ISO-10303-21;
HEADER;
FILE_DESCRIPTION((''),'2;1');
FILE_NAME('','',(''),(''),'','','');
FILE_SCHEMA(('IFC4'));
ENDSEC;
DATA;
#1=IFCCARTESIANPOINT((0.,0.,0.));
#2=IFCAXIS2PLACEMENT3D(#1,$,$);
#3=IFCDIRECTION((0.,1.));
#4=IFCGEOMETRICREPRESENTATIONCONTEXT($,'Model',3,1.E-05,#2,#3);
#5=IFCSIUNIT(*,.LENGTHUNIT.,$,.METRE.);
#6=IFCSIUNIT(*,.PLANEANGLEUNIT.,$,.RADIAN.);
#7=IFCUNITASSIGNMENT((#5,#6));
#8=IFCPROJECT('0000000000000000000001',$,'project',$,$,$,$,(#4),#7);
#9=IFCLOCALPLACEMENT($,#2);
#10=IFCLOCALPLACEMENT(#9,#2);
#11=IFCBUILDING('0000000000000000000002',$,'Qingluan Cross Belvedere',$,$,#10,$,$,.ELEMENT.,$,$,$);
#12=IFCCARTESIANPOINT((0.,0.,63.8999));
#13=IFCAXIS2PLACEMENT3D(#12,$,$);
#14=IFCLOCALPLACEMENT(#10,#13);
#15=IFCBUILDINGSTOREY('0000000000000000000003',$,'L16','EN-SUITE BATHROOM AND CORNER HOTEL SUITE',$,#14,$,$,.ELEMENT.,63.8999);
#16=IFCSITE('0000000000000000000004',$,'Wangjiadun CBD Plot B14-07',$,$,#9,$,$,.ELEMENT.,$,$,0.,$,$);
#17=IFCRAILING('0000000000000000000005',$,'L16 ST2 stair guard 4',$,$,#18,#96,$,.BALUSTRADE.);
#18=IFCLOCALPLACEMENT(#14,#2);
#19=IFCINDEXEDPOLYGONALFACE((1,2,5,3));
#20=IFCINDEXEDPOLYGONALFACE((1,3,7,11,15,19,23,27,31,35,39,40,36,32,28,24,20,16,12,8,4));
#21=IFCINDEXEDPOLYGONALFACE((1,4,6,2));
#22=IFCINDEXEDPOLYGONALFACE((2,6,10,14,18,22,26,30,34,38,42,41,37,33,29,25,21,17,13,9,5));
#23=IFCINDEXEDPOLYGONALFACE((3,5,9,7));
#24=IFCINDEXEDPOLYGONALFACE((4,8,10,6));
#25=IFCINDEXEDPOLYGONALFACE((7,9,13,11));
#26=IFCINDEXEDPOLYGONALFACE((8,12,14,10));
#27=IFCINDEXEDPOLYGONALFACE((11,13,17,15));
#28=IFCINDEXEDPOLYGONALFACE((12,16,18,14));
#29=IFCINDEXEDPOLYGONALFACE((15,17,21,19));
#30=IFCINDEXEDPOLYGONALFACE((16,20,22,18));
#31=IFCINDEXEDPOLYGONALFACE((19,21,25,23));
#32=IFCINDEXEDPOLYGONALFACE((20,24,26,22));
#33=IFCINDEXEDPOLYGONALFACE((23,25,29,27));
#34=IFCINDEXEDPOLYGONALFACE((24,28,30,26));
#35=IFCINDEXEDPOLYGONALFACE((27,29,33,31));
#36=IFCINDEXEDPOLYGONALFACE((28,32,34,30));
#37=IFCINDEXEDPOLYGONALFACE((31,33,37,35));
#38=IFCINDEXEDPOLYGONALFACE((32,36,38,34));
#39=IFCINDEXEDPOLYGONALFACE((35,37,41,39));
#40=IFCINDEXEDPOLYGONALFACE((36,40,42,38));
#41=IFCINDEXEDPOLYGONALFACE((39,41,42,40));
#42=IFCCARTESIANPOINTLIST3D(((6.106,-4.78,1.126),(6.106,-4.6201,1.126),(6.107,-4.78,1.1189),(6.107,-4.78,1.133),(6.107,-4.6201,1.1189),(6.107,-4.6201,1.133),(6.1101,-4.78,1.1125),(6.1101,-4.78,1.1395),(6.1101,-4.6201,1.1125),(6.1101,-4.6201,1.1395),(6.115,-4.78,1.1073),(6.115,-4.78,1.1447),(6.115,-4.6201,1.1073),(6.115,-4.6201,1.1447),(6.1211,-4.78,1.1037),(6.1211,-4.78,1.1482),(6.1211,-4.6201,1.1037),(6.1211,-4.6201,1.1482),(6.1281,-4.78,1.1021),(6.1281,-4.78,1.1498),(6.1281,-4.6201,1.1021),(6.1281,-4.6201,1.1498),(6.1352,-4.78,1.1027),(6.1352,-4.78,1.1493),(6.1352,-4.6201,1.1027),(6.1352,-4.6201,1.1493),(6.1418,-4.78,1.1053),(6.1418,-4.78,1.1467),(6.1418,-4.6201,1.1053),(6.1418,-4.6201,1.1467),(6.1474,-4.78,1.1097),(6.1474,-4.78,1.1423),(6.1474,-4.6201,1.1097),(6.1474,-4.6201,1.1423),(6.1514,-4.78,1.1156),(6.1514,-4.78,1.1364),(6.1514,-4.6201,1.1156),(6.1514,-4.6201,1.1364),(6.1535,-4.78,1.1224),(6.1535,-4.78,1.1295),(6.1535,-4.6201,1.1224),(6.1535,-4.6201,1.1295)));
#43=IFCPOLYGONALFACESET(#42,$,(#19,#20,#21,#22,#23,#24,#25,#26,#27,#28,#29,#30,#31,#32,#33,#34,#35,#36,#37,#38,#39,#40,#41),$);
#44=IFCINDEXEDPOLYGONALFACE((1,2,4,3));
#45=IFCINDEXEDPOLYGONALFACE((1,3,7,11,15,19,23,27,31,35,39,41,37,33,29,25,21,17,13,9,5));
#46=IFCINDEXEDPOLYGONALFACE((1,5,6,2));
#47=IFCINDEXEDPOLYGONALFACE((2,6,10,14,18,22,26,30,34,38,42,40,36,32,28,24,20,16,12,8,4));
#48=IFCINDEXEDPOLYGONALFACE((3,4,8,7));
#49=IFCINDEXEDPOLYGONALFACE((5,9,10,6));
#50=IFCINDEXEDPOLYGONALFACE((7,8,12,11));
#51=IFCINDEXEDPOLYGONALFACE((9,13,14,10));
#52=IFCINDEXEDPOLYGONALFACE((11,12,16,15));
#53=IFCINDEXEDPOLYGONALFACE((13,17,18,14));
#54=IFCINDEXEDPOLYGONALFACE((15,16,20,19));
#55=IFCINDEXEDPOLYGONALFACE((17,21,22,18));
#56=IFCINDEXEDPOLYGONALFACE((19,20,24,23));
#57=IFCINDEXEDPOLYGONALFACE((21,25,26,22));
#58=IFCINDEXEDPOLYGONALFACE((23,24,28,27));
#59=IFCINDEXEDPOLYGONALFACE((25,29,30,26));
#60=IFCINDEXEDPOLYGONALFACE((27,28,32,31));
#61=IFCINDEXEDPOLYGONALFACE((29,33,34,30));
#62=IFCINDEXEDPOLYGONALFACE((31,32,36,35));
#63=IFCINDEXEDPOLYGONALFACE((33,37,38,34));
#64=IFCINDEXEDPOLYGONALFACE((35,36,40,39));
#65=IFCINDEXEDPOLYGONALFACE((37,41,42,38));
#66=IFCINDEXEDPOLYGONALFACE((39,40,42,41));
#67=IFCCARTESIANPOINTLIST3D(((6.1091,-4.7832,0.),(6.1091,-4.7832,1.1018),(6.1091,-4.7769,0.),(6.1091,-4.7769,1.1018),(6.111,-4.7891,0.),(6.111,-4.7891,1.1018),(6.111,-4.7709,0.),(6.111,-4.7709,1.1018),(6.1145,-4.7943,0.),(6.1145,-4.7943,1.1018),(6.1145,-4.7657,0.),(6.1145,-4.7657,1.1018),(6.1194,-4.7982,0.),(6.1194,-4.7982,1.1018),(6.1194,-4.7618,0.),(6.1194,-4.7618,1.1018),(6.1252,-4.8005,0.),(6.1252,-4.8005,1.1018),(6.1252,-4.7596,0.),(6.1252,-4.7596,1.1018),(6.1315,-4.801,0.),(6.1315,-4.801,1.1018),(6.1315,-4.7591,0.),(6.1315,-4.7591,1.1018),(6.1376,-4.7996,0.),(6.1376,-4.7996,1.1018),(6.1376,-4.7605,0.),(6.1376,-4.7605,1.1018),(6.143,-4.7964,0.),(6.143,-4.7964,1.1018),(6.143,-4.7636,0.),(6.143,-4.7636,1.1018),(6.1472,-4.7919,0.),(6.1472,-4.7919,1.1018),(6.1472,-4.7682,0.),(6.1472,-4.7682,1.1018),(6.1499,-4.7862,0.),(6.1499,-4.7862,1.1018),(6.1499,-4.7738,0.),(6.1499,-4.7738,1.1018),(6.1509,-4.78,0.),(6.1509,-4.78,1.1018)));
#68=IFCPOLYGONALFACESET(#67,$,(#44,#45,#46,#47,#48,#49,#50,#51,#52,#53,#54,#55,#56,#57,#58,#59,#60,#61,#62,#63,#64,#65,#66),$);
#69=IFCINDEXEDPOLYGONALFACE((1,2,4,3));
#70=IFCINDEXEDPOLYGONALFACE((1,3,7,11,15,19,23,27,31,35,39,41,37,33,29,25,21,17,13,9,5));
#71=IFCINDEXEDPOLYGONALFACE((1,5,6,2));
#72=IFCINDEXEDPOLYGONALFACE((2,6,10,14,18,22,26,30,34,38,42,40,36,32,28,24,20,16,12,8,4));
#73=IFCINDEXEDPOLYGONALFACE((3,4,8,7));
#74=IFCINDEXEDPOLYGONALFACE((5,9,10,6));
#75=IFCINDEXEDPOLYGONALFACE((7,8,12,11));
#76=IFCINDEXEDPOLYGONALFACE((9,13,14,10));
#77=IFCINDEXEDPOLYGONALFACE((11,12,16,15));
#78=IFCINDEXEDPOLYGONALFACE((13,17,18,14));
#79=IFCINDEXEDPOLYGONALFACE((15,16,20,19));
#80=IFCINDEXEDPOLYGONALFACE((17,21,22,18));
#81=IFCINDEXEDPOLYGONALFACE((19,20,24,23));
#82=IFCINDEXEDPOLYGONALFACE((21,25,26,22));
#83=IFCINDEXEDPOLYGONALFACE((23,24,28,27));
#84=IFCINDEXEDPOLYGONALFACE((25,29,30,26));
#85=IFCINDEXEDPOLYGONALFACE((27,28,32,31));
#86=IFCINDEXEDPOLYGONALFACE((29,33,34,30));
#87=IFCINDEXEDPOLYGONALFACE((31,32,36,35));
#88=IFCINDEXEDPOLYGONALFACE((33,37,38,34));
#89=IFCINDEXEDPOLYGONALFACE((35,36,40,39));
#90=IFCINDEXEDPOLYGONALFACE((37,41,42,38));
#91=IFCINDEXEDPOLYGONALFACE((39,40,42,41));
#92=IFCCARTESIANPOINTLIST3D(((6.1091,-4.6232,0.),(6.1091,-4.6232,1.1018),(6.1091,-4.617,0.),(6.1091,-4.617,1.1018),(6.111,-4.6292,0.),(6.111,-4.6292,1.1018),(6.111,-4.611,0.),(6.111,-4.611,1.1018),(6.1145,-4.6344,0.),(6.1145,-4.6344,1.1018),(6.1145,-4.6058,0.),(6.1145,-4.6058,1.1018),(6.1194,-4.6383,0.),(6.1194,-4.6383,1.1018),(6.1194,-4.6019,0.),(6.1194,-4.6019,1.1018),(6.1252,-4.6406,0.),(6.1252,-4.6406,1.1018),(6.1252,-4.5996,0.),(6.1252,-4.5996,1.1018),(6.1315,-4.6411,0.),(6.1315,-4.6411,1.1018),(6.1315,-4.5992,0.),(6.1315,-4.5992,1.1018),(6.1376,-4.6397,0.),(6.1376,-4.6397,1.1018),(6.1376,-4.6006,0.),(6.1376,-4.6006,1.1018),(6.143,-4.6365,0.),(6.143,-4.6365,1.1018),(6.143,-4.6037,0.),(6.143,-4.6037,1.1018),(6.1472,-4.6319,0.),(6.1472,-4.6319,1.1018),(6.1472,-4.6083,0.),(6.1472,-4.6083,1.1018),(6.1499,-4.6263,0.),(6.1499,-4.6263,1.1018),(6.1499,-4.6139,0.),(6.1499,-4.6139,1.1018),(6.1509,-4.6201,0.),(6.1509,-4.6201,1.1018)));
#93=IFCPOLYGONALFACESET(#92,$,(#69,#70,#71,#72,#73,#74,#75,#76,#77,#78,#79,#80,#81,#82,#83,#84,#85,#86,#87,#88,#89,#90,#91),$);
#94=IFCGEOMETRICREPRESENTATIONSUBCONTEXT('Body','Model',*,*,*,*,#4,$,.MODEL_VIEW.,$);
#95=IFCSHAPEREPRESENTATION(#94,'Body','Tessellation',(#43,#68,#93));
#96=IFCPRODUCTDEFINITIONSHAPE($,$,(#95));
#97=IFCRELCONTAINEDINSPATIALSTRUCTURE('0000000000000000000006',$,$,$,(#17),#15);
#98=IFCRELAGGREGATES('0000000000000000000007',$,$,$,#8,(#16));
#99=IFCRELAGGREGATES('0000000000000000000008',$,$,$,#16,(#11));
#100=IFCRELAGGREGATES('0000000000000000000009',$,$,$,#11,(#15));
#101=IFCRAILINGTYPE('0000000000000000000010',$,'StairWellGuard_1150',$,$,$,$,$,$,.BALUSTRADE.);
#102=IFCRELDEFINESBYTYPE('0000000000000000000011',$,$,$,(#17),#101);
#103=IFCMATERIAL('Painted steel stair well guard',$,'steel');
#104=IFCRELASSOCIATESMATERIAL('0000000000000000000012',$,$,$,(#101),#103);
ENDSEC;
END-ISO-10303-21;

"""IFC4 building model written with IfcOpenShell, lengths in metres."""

from ifc_helpers import new_model, si_unit, direction, frame, origin, origin_2d, place, context, subcontext, project, spatial, circle, extrude, material, type_object, element, save


model = new_model("IFC4")

# Units and contexts
model_context = context("Model", 3, precision=1e-05, world=origin(), true_north=direction((0.0, 1.0)))
body_context = subcontext(model_context, "Body", "Model", "MODEL_VIEW")
ifc_project = project(units=[si_unit("LENGTHUNIT", "METRE"), si_unit("PLANEANGLEUNIT", "RADIAN")], contexts=[model_context])

# Site, building, storey
site_placement = place(None, origin())
site = spatial("IfcSite", under=ifc_project, at=site_placement, Name="Wangjiadun CBD Plot B14-07", CompositionType="ELEMENT", RefElevation=0.0)
building_placement = place(site_placement, origin())
building = spatial("IfcBuilding", under=site, at=building_placement, Name="Qingluan Cross Belvedere", CompositionType="ELEMENT")
storey_placement = place(building_placement, frame((0.0, 0.0, 63.8999)))
storey = spatial("IfcBuildingStorey", under=building, at=storey_placement, Name="L16", Description="EN-SUITE BATHROOM AND CORNER HOTEL SUITE", CompositionType="ELEMENT", Elevation=63.8999)

# Railing
ifc_material_1 = material(Name="Painted steel stair well guard", Category="steel")
railing_type_1 = type_object("IfcRailingType", Name="StairWellGuard_1150", PredefinedType="BALUSTRADE", material=ifc_material_1)
railing_1_placement = place(storey_placement, frame((6.1299, -4.78, 0.0)))
element("IfcRailing", 1, at=railing_1_placement, inside=storey, type_object=railing_type_1, Name="L16 ST2 stair guard 4", PredefinedType="BALUSTRADE", context=body_context, shape_type="SweptSolid", body=[
    extrude(circle(Radius=0.0239, at=origin_2d()), frame((0.0, 0.0, 1.126), z_axis=(0.0, 1.0, 0.0), x_axis=(-1.0, 0.0, 0.0)), (0.0, 0.0, 1.0), 0.1599),
    extrude(circle(Radius=0.021, at=origin_2d()), origin(), (0.0, 0.0, 1.0), 1.1018),
    extrude(circle(Radius=0.021, at=origin_2d()), frame((0.0, 0.1599, 0.0)), (0.0, 0.0, 1.0), 1.1018),
])

save(model, "model.ifc")
